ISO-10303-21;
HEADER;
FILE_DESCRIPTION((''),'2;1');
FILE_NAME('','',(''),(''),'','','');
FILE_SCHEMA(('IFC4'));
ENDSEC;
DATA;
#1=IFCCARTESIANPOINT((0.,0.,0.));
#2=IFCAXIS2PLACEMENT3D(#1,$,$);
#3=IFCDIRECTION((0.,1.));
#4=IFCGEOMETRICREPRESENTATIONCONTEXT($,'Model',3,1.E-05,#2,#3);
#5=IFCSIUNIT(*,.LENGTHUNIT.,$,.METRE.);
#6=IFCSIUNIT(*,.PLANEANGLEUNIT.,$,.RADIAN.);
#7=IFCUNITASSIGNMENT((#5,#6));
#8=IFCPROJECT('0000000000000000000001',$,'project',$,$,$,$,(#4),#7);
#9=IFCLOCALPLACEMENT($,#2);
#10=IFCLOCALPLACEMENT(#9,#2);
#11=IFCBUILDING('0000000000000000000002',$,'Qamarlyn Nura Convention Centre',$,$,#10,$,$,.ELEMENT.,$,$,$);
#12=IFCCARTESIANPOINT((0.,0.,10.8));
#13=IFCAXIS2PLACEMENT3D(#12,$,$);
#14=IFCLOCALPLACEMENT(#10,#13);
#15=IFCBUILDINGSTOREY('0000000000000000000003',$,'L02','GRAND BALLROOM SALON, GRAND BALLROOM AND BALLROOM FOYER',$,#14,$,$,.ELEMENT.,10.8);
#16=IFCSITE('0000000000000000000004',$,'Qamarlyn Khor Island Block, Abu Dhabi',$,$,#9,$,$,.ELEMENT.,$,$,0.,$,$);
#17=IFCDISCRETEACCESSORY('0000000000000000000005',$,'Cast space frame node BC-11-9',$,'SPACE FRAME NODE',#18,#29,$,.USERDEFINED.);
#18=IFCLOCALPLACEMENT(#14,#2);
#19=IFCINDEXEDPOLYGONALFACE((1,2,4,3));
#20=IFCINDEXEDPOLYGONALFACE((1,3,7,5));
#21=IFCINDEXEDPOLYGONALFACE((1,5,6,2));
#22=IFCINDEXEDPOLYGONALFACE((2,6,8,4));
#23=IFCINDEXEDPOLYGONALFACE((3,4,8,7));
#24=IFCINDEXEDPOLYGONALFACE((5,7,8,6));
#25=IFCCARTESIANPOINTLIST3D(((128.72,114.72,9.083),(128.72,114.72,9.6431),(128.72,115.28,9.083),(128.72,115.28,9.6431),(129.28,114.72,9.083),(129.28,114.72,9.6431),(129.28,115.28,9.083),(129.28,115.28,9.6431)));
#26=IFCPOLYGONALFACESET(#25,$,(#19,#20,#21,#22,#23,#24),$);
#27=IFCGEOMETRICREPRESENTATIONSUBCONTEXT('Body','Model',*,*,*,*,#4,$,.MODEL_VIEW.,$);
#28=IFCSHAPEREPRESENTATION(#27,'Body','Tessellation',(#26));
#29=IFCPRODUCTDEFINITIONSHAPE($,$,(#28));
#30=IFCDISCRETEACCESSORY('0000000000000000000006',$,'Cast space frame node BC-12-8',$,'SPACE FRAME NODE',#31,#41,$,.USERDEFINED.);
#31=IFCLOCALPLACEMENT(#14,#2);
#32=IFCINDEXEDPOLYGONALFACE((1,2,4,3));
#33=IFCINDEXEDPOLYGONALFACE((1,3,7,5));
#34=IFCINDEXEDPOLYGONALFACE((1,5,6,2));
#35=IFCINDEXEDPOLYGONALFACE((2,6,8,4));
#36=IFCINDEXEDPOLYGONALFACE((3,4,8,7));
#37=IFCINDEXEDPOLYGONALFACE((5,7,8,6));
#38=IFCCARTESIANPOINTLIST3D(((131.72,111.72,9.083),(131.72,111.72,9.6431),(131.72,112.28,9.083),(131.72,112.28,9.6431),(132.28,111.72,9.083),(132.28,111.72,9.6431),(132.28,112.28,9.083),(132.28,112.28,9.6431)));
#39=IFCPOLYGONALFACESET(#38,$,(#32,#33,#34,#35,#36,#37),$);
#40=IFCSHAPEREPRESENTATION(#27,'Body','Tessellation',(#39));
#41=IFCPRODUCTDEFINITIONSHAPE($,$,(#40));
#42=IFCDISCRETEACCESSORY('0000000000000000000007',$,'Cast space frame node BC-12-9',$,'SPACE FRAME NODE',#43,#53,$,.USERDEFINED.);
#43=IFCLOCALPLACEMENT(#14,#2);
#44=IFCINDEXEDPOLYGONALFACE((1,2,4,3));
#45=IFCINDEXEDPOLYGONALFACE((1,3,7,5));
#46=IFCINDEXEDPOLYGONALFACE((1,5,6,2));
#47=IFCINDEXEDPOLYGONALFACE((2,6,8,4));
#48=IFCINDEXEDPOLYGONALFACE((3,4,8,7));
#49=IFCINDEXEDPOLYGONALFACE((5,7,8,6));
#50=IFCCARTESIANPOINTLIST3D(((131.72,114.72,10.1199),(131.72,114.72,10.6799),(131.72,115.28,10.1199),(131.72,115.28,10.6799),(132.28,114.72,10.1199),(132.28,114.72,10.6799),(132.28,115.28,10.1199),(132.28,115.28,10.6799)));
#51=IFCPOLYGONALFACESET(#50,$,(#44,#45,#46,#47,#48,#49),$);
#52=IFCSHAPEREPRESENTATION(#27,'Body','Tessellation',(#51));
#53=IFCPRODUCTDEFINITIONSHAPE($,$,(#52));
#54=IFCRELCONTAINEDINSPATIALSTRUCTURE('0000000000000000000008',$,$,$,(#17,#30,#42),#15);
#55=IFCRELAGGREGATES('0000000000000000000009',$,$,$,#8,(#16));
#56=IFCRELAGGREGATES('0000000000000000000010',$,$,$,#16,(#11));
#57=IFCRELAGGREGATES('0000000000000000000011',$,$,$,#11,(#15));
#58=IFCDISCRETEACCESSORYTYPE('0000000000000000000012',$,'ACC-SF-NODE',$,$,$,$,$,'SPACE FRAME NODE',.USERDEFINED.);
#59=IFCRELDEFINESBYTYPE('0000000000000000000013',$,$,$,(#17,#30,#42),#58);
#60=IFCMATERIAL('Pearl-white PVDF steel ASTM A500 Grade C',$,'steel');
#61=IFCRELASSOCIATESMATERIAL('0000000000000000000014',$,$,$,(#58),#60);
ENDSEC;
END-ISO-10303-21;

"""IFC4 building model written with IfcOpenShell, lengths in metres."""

from ifc_helpers import new_model, si_unit, direction, frame, origin, origin_2d, place, context, subcontext, project, spatial, rectangle, extrude, material, type_object, element, save


model = new_model("IFC4")

# Units and contexts
model_context = context("Model", 3, precision=1e-05, world=origin(), true_north=direction((0.0, 1.0)))
body_context = subcontext(model_context, "Body", "Model", "MODEL_VIEW")
ifc_project = project(units=[si_unit("LENGTHUNIT", "METRE"), si_unit("PLANEANGLEUNIT", "RADIAN")], contexts=[model_context])

# Site, building, storey
site_placement = place(None, origin())
site = spatial("IfcSite", under=ifc_project, at=site_placement, Name="Qamarlyn Khor Island Block, Abu Dhabi", CompositionType="ELEMENT", RefElevation=0.0)
building_placement = place(site_placement, origin())
building = spatial("IfcBuilding", under=site, at=building_placement, Name="Qamarlyn Nura Convention Centre", CompositionType="ELEMENT")
storey_placement = place(building_placement, frame((0.0, 0.0, 10.8)))
storey = spatial("IfcBuildingStorey", under=building, at=storey_placement, Name="L02", Description="GRAND BALLROOM SALON, GRAND BALLROOM AND BALLROOM FOYER", CompositionType="ELEMENT", Elevation=10.8)

# Shared definitions
ifc_material_1 = material(Name="Pearl-white PVDF steel ASTM A500 Grade C", Category="steel")

# Discrete accessories
discrete_accessory_type = type_object("IfcDiscreteAccessoryType", Name="ACC-SF-NODE", ElementType="SPACE FRAME NODE", PredefinedType="USERDEFINED", material=ifc_material_1)
for number, where, z_axis, x_axis, name in (
    (1, (129.0, 115.0, 9.083), (0.0, 0.0, 1.0), (1.0, 0.0, 0.0), "Cast space frame node BC-11-9"),
    (2, (132.0, 112.0, 9.083), (0.0, 0.0, 1.0), (1.0, 0.0, 0.0), "Cast space frame node BC-12-8"),
    (3, (132.0, 115.0, 10.1199), (0.0, 0.0, 1.0), (1.0, 0.0, 0.0), "Cast space frame node BC-12-9"),
):
    element("IfcDiscreteAccessory", number, at=place(storey_placement, frame(where, z_axis=z_axis, x_axis=x_axis)), inside=storey, type_object=discrete_accessory_type, Name=name, ObjectType="SPACE FRAME NODE", PredefinedType="USERDEFINED", context=body_context, shape_type="SweptSolid", body=[
        extrude(rectangle(XDim=0.5601, YDim=0.5601, at=origin_2d()), origin(), (0.0, 0.0, 1.0), 0.5601),
    ])

save(model, "model.ifc")
